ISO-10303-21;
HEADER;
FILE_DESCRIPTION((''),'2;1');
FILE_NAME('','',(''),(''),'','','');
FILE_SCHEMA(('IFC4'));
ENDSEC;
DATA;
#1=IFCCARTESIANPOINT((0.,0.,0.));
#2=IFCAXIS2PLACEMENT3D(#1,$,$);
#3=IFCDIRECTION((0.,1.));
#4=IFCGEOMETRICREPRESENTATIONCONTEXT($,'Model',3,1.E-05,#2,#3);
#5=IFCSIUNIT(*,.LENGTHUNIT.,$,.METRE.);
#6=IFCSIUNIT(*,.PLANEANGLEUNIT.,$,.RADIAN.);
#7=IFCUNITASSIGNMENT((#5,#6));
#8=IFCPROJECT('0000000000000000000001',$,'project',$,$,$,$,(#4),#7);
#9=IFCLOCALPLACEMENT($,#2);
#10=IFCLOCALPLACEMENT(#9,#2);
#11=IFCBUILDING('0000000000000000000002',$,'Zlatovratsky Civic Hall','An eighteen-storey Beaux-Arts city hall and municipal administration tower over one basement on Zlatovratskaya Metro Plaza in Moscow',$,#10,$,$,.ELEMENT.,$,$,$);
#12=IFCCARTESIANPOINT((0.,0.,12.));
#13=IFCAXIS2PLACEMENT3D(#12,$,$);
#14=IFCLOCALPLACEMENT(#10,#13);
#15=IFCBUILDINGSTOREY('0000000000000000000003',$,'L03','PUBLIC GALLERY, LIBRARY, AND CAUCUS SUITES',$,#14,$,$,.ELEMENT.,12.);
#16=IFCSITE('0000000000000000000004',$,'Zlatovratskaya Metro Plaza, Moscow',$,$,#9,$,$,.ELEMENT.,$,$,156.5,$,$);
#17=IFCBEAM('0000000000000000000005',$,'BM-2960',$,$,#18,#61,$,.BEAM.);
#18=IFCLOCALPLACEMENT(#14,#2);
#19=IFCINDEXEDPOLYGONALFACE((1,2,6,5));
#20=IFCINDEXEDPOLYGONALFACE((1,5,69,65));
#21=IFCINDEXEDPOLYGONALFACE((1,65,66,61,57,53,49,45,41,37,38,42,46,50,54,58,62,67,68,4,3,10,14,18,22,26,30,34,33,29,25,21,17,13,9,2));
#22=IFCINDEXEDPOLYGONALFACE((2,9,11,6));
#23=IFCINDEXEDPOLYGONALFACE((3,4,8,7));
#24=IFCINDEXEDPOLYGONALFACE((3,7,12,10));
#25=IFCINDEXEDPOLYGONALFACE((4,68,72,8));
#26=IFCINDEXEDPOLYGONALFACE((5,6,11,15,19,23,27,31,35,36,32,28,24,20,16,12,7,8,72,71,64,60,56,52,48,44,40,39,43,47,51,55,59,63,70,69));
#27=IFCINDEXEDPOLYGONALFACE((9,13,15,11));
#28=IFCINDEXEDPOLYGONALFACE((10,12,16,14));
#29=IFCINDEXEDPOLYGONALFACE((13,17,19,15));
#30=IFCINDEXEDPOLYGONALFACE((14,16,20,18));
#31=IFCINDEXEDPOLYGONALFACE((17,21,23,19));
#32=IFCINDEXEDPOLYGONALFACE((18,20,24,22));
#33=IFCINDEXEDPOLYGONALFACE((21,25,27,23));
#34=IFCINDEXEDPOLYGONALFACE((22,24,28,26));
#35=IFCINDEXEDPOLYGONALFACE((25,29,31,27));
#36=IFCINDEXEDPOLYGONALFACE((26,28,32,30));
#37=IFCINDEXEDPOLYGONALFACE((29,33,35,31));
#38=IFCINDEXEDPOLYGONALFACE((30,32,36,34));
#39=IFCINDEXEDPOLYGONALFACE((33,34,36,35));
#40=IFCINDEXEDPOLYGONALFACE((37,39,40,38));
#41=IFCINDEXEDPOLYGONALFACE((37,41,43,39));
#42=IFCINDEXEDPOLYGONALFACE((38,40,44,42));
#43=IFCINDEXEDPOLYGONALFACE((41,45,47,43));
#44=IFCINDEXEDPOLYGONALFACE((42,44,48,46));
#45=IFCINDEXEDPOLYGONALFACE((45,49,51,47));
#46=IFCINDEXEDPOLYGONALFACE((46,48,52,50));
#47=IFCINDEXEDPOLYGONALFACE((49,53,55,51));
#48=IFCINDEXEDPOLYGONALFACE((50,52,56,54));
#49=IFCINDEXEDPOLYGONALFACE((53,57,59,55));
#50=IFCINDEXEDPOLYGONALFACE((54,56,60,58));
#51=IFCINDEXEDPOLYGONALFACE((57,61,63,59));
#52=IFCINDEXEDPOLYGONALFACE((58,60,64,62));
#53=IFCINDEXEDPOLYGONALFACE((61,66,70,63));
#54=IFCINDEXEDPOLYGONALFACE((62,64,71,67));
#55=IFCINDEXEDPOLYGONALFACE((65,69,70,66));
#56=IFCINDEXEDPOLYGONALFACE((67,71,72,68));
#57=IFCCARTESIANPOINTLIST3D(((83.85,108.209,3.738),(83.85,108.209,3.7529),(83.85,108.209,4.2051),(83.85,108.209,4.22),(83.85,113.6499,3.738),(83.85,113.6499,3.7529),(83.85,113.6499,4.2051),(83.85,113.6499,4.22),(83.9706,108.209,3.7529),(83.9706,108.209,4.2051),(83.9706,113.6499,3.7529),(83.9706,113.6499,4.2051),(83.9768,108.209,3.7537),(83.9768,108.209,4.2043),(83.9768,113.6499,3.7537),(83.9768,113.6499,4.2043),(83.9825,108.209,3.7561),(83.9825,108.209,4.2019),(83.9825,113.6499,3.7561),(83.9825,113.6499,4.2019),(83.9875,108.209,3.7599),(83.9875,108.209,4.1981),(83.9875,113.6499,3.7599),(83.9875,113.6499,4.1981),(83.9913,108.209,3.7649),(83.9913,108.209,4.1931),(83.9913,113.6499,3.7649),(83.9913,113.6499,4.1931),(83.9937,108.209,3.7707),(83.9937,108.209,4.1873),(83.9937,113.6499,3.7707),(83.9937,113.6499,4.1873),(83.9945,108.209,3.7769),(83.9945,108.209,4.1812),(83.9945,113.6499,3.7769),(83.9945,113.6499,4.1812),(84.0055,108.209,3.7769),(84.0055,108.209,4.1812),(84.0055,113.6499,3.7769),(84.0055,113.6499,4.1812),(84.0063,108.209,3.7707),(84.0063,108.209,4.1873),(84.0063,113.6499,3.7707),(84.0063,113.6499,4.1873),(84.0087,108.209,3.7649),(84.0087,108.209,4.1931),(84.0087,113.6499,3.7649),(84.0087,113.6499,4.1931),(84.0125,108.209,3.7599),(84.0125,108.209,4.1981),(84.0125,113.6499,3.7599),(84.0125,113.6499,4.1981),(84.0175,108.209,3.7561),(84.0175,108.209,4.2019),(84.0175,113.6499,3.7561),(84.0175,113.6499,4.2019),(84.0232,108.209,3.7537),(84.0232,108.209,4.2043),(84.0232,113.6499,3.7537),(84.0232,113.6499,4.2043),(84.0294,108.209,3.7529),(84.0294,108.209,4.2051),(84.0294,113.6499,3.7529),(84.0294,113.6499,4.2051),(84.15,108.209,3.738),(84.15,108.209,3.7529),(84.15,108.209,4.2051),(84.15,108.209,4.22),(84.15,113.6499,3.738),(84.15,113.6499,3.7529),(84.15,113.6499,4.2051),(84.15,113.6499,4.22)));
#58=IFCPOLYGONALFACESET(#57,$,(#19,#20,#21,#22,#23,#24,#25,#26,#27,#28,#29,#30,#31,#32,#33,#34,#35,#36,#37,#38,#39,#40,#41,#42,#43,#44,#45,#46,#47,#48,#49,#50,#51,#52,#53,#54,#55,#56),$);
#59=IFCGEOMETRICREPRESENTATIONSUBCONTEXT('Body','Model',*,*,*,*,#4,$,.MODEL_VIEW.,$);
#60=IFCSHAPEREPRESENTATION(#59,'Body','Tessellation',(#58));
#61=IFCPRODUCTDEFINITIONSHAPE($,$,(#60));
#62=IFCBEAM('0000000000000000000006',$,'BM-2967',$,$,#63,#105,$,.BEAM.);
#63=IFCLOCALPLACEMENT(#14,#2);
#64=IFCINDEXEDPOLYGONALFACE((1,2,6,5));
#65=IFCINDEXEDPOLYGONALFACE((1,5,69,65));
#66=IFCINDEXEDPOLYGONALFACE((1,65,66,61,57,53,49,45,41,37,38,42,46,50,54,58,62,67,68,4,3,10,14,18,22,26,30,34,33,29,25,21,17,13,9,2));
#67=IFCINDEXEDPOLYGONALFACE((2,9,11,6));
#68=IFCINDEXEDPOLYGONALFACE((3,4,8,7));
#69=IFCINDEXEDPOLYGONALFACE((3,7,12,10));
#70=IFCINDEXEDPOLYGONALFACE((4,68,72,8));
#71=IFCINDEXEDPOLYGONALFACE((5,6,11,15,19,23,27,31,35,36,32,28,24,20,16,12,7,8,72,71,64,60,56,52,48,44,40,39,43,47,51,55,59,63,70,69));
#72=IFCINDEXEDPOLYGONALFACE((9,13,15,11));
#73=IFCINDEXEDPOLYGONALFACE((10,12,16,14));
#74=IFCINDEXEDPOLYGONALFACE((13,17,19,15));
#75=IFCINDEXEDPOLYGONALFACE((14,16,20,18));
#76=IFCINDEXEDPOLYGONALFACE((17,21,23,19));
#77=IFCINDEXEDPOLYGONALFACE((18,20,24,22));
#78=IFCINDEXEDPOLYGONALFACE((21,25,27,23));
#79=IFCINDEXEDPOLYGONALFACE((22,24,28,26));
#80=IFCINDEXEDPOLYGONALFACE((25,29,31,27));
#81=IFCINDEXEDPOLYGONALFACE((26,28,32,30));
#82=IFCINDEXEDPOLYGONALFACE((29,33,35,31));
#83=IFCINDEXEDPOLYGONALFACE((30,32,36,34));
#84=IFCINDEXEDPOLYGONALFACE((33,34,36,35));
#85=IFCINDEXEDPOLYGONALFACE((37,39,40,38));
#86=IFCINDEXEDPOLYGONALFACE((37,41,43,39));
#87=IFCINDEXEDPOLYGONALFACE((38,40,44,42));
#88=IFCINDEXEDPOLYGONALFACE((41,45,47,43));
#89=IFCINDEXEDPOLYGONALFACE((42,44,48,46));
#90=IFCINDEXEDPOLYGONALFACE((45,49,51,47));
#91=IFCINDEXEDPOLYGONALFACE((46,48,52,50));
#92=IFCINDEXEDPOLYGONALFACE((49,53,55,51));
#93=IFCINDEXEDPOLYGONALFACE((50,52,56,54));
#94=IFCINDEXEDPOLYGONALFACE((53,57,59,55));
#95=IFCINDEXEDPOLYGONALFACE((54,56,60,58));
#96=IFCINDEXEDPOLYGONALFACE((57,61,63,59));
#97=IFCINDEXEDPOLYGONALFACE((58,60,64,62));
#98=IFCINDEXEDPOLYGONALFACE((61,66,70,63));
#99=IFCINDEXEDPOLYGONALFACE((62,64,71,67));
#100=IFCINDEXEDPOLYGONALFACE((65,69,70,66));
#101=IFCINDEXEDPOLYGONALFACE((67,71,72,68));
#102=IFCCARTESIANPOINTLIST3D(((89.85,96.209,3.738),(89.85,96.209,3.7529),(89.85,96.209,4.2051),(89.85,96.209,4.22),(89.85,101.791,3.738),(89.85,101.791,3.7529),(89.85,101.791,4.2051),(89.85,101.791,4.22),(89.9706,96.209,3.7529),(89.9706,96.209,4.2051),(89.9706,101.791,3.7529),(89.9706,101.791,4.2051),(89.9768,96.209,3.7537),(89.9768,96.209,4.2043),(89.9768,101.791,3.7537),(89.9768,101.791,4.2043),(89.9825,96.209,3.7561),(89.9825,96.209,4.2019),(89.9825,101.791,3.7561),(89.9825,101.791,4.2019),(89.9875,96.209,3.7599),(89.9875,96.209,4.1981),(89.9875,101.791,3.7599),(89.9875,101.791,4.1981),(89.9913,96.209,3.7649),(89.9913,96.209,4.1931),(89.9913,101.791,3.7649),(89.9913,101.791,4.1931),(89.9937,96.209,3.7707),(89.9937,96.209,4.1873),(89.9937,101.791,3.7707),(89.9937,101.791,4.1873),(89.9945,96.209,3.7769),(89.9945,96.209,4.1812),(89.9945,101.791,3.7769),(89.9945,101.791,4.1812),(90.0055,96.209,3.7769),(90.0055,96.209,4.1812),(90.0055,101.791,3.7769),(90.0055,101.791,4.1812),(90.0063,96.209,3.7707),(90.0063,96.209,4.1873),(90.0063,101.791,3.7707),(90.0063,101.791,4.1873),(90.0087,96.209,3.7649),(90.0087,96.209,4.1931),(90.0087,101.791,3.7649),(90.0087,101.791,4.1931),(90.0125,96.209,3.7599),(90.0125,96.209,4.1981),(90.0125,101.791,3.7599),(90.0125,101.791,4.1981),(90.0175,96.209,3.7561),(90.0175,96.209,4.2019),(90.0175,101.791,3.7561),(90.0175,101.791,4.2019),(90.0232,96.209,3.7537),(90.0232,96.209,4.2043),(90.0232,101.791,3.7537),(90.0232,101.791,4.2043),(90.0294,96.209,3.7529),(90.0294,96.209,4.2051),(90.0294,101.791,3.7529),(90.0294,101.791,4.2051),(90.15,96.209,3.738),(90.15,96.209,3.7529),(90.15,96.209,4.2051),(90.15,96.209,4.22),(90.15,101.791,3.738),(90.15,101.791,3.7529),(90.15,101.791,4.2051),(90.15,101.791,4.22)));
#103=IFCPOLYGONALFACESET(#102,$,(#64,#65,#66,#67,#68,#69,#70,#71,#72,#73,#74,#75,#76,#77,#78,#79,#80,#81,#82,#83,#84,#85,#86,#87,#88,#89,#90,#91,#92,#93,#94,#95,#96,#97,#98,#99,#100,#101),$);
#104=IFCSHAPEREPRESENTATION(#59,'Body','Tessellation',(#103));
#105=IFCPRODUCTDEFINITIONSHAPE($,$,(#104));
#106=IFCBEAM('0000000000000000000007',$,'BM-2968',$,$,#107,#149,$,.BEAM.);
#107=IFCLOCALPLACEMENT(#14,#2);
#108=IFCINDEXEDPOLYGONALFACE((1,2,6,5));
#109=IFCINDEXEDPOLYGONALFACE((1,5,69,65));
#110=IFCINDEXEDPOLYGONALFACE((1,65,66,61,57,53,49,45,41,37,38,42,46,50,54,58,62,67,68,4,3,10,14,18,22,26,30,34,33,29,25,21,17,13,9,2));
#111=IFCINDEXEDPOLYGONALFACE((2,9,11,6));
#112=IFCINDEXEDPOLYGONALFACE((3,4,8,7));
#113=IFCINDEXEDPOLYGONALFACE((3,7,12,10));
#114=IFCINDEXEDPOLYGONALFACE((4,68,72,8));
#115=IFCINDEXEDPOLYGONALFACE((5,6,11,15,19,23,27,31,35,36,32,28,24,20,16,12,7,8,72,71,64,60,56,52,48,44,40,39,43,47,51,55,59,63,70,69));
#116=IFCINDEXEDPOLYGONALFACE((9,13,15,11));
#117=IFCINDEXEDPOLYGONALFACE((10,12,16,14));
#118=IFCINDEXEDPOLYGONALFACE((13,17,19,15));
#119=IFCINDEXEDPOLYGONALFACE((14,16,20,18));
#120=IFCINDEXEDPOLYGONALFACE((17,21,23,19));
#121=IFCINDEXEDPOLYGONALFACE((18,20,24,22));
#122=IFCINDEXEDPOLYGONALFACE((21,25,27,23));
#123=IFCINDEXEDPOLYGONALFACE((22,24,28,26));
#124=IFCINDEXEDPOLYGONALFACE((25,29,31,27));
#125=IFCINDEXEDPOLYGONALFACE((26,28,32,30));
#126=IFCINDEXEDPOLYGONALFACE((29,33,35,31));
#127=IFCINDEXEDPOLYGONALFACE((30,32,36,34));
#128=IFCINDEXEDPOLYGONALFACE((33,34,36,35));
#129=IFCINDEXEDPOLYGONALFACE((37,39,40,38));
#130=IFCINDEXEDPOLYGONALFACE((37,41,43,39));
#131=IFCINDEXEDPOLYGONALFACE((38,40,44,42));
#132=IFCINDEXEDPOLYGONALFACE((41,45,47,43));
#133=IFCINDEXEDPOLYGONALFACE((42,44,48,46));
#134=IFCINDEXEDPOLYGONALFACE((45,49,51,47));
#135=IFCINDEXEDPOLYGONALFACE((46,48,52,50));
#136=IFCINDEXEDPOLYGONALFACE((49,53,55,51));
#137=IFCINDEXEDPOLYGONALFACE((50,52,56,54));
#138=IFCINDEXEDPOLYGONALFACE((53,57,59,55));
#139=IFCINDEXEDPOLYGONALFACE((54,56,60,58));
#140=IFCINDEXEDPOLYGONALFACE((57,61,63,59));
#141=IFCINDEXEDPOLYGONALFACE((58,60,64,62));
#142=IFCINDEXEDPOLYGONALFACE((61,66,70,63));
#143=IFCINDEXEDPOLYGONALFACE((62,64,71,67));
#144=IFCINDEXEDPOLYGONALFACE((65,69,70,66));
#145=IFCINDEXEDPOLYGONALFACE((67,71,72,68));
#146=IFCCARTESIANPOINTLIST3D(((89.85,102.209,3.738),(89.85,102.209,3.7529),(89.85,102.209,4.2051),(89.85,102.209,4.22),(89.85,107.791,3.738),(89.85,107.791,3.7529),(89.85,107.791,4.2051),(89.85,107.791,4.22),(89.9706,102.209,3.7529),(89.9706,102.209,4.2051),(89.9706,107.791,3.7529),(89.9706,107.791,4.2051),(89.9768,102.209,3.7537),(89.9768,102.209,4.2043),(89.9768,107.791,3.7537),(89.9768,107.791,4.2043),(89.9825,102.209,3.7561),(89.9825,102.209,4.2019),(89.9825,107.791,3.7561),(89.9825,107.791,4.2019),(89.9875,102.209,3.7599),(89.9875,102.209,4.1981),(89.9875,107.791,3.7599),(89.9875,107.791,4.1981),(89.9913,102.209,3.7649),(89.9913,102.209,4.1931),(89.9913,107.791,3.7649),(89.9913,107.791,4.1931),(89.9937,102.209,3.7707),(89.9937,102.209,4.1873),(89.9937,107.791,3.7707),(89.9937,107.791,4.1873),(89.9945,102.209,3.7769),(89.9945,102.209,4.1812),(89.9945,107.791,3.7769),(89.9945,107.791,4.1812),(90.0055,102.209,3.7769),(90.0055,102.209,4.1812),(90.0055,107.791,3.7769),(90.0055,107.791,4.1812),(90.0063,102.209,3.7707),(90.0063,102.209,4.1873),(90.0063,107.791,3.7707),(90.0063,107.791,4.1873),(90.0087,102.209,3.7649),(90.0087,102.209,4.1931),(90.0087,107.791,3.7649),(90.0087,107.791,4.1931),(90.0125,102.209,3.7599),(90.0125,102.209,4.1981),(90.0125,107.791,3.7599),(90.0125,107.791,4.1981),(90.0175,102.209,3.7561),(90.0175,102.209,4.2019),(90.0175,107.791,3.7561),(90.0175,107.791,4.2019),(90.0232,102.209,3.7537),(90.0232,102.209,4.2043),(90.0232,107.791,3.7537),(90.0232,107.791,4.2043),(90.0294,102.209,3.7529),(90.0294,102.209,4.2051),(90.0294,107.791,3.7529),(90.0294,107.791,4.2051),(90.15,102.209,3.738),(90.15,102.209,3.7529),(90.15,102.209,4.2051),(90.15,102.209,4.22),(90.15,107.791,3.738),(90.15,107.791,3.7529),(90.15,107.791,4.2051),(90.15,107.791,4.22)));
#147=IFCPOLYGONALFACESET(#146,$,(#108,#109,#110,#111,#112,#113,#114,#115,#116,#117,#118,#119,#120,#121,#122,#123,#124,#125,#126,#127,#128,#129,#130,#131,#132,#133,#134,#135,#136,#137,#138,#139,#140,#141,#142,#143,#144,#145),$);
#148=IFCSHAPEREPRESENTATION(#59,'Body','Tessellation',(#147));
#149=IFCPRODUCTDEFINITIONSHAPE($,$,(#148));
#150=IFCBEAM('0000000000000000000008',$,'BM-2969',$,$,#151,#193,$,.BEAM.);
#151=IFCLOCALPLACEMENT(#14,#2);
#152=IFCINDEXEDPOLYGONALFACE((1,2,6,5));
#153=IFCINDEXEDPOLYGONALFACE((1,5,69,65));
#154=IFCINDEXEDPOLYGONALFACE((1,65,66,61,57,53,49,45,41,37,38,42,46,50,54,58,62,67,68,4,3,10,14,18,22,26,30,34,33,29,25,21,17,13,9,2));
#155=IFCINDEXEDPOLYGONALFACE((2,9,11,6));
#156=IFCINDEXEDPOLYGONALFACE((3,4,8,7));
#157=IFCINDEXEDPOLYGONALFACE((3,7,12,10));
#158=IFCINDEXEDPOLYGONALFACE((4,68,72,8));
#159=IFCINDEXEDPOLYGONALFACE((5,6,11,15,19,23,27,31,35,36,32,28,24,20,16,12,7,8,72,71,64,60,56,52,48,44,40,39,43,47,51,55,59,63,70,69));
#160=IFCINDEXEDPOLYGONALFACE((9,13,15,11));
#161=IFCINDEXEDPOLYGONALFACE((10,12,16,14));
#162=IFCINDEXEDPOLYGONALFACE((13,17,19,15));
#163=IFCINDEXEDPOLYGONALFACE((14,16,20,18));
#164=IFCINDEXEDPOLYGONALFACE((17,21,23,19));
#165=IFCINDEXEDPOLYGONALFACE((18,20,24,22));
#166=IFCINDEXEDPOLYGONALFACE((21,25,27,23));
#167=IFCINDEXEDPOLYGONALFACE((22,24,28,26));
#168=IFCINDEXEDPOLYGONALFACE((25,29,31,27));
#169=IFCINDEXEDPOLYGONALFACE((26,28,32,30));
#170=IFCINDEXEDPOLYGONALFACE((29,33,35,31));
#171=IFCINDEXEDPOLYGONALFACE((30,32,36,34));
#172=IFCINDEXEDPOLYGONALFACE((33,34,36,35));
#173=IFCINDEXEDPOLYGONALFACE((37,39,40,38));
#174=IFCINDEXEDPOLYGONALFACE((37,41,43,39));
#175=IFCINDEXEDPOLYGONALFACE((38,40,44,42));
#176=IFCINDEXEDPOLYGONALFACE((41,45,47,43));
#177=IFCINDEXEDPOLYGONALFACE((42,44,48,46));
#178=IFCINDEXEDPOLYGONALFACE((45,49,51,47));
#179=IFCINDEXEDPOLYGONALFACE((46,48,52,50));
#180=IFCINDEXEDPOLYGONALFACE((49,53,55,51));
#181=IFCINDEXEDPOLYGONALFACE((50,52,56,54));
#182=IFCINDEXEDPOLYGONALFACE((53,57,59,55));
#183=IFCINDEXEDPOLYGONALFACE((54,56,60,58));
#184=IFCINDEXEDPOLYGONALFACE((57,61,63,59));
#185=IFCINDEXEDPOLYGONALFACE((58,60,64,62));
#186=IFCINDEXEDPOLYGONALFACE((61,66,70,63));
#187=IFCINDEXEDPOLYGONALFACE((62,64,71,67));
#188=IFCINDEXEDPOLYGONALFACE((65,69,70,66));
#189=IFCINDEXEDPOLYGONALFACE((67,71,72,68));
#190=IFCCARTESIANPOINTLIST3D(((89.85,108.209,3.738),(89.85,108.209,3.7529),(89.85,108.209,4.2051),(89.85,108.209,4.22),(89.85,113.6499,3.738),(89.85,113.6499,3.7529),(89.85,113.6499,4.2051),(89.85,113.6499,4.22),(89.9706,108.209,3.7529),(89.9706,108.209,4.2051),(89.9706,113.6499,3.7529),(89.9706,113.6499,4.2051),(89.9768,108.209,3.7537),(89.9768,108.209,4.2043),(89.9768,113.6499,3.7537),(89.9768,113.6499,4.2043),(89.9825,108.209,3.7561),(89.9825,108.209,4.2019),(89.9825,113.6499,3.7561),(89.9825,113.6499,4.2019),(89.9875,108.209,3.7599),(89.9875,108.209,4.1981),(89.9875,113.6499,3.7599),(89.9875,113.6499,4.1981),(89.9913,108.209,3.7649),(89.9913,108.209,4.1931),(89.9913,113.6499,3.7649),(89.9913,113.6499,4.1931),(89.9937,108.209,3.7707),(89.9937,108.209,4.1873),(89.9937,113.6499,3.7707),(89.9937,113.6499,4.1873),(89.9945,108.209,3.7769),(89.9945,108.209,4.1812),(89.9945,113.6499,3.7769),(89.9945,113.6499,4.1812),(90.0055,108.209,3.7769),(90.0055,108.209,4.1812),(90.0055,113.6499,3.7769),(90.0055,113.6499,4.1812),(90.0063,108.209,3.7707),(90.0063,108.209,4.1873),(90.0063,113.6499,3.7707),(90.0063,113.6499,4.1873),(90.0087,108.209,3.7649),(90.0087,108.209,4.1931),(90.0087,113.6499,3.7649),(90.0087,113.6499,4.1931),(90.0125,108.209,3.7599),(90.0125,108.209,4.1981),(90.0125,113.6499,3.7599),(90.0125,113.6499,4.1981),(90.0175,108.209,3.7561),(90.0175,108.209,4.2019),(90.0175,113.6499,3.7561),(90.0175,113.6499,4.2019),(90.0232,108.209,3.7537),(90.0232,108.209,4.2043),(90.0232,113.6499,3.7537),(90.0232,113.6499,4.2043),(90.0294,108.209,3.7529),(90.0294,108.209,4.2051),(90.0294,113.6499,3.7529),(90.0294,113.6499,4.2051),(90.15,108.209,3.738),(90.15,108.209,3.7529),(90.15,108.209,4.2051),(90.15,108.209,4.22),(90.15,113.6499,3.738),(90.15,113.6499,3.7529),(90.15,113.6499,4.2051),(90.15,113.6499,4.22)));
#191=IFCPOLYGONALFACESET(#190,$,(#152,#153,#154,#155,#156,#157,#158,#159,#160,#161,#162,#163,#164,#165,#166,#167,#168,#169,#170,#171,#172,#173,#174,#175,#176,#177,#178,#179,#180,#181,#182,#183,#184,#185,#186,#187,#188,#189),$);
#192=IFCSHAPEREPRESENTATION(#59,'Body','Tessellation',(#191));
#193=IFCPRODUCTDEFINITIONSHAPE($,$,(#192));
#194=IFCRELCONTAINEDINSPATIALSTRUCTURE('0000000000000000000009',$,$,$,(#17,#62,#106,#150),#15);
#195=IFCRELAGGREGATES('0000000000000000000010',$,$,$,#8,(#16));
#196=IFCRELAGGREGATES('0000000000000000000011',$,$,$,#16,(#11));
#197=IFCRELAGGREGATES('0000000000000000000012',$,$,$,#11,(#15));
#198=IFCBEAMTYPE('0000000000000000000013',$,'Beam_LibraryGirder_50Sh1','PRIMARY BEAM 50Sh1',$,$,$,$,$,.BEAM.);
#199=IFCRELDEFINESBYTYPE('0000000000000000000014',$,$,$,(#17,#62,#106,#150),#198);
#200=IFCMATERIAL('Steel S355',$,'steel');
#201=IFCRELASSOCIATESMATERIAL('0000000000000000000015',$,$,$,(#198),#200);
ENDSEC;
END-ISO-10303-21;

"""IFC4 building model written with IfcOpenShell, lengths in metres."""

from ifc_helpers import new_model, si_unit, direction, frame, origin, origin_2d, place, context, subcontext, project, spatial, i_section, extrude, material, material_profile, profile_set, type_object, element, save


model = new_model("IFC4")

# Units and contexts
model_context = context("Model", 3, precision=1e-05, world=origin(), true_north=direction((0.0, 1.0)))
body_context = subcontext(model_context, "Body", "Model", "MODEL_VIEW")
ifc_project = project(units=[si_unit("LENGTHUNIT", "METRE"), si_unit("PLANEANGLEUNIT", "RADIAN")], contexts=[model_context])

# Site, building, storey
site_placement = place(None, origin())
site = spatial("IfcSite", under=ifc_project, at=site_placement, Name="Zlatovratskaya Metro Plaza, Moscow", CompositionType="ELEMENT", RefElevation=156.5)
building_placement = place(site_placement, origin())
building = spatial("IfcBuilding", under=site, at=building_placement, Name="Zlatovratsky Civic Hall", Description="An eighteen-storey Beaux-Arts city hall and municipal administration tower over one basement on Zlatovratskaya Metro Plaza in Moscow", CompositionType="ELEMENT")
storey_placement = place(building_placement, frame((0.0, 0.0, 12.0)))
storey = spatial("IfcBuildingStorey", under=building, at=storey_placement, Name="L03", Description="PUBLIC GALLERY, LIBRARY, AND CAUCUS SUITES", CompositionType="ELEMENT", Elevation=12.0)

# Shared definitions
ifc_material_1 = material(Name="Steel S355", Category="steel")

# Beams
ifc_material_profile_1 = material_profile(ifc_material_1, i_section(OverallWidth=0.3, OverallDepth=0.4819, WebThickness=0.011, FlangeThickness=0.0149, FilletRadius=0.0239, at=origin_2d()), Name="50Sh1")
ifc_profile_set_1 = profile_set([ifc_material_profile_1], Name="Steel S355")
beam_type_1 = type_object("IfcBeamType", Name="Beam_LibraryGirder_50Sh1", Description="PRIMARY BEAM 50Sh1", PredefinedType="BEAM", material=ifc_profile_set_1)
beam_1_placement = place(storey_placement, frame((84.0, 108.209, 3.979), z_axis=(0.0, 1.0, 0.0), x_axis=(-1.0, 0.0, 0.0)))
element("IfcBeam", 1, at=beam_1_placement, inside=storey, type_object=beam_type_1, Name="BM-2960", PredefinedType="BEAM", context=body_context, shape_type="SweptSolid", body=[
    extrude(i_section(OverallWidth=0.3, OverallDepth=0.4819, WebThickness=0.011, FlangeThickness=0.0149, FilletRadius=0.0239, at=origin_2d()), origin(), (0.0, 0.0, 1.0), 5.4409),
])
for number, where, z_axis, x_axis, name in (
    (2, (90.0, 96.209, 3.979), (0.0, 1.0, 0.0), (-1.0, 0.0, 0.0), "BM-2967"),
    (3, (90.0, 102.209, 3.979), (0.0, 1.0, 0.0), (-1.0, 0.0, 0.0), "BM-2968"),
):
    element("IfcBeam", number, at=place(storey_placement, frame(where, z_axis=z_axis, x_axis=x_axis)), inside=storey, type_object=beam_type_1, Name=name, PredefinedType="BEAM", context=body_context, shape_type="SweptSolid", body=[
        extrude(i_section(OverallWidth=0.3, OverallDepth=0.4819, WebThickness=0.011, FlangeThickness=0.0149, FilletRadius=0.0239, at=origin_2d()), origin(), (0.0, 0.0, 1.0), 5.582),
    ])
for number, where, z_axis, x_axis, name in (
    (4, (90.0, 108.209, 3.979), (0.0, 1.0, 0.0), (-1.0, 0.0, 0.0), "BM-2969"),
):
    element("IfcBeam", number, at=place(storey_placement, frame(where, z_axis=z_axis, x_axis=x_axis)), inside=storey, type_object=beam_type_1, Name=name, PredefinedType="BEAM", context=body_context, shape_type="SweptSolid", body=[
        extrude(i_section(OverallWidth=0.3, OverallDepth=0.4819, WebThickness=0.011, FlangeThickness=0.0149, FilletRadius=0.0239, at=origin_2d()), origin(), (0.0, 0.0, 1.0), 5.4409),
    ])

save(model, "model.ifc")
